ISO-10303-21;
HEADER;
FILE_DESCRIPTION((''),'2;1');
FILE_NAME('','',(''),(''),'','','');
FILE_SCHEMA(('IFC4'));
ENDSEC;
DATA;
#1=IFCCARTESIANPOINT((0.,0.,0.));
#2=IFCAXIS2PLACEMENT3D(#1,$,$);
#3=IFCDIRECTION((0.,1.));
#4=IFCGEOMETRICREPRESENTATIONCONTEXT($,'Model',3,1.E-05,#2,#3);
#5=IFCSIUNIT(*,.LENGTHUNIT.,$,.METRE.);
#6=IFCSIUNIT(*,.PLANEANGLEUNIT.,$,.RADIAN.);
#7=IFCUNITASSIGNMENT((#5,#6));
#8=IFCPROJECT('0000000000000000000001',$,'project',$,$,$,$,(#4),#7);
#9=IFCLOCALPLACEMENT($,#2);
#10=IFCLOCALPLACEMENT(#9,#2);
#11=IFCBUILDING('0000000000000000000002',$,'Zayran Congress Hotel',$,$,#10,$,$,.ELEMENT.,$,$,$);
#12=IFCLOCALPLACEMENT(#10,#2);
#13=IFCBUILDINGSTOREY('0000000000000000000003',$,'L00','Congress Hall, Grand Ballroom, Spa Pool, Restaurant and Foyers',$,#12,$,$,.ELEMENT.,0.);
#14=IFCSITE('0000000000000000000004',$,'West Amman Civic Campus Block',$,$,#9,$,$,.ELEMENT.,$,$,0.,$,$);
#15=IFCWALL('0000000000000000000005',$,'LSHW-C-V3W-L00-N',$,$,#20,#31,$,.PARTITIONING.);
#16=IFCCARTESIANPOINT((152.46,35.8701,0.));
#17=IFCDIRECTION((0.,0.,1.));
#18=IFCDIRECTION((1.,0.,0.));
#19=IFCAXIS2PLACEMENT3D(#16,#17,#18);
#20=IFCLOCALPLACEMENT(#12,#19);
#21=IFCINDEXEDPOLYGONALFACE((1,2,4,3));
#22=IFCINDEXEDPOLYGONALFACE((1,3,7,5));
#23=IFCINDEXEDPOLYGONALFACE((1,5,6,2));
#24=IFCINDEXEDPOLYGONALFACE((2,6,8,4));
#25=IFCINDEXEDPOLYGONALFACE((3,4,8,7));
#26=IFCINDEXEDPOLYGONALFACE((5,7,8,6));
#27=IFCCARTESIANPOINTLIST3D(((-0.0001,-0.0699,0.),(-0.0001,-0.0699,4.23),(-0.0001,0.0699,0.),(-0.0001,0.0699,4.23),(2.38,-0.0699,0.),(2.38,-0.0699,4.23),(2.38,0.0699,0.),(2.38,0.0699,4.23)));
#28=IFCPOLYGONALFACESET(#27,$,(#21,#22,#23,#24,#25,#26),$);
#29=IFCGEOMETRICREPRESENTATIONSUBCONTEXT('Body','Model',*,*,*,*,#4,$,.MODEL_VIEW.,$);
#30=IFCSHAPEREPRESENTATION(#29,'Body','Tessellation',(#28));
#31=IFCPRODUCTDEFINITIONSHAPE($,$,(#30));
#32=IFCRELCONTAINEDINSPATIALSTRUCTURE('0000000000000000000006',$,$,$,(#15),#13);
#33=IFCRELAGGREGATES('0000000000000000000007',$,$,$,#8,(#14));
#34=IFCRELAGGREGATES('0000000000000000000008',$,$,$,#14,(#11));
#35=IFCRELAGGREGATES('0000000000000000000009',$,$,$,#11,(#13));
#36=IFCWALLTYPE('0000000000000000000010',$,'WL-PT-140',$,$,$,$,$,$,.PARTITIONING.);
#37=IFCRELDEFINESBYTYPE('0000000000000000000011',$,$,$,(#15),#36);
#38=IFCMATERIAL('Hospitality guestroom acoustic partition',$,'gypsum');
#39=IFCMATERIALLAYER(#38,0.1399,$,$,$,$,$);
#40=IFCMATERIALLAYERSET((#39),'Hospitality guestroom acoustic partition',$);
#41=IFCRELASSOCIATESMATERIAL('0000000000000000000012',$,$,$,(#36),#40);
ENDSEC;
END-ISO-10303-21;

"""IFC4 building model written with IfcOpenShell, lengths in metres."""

from ifc_helpers import new_model, si_unit, direction, frame, frame_2d, origin, place, context, subcontext, project, spatial, rectangle, extrude, material, layer, layer_set, type_object, element, save


model = new_model("IFC4")

# Units and contexts
model_context = context("Model", 3, precision=1e-05, world=origin(), true_north=direction((0.0, 1.0)))
body_context = subcontext(model_context, "Body", "Model", "MODEL_VIEW")
ifc_project = project(units=[si_unit("LENGTHUNIT", "METRE"), si_unit("PLANEANGLEUNIT", "RADIAN")], contexts=[model_context])

# Site, building, storey
site_placement = place(None, origin())
site = spatial("IfcSite", under=ifc_project, at=site_placement, Name="West Amman Civic Campus Block", CompositionType="ELEMENT", RefElevation=0.0)
building_placement = place(site_placement, origin())
building = spatial("IfcBuilding", under=site, at=building_placement, Name="Zayran Congress Hotel", CompositionType="ELEMENT")
storey_placement = place(building_placement, origin())
storey = spatial("IfcBuildingStorey", under=building, at=storey_placement, Name="L00", Description="Congress Hall, Grand Ballroom, Spa Pool, Restaurant and Foyers", CompositionType="ELEMENT", Elevation=0.0)

# Wall
ifc_material_1 = material(Name="Hospitality guestroom acoustic partition", Category="gypsum")
ifc_layer_1 = layer(ifc_material_1, 0.1399)
ifc_layer_set_1 = layer_set([ifc_layer_1], Name="Hospitality guestroom acoustic partition")
wall_type_1 = type_object("IfcWallType", Name="WL-PT-140", PredefinedType="PARTITIONING", material=ifc_layer_set_1)
wall_1_placement = place(storey_placement, frame((152.46, 35.8701, 0.0), z_axis=(0.0, 0.0, 1.0), x_axis=(1.0, 0.0, 0.0)))
element("IfcWall", 1, at=wall_1_placement, inside=storey, type_object=wall_type_1, Name="LSHW-C-V3W-L00-N", PredefinedType="PARTITIONING", context=body_context, shape_type="SweptSolid", body=[
    extrude(rectangle(XDim=2.3801, YDim=0.1399, at=frame_2d((1.1899, 0.0))), origin(), (0.0, 0.0, 1.0), 4.23),
])

save(model, "model.ifc")
